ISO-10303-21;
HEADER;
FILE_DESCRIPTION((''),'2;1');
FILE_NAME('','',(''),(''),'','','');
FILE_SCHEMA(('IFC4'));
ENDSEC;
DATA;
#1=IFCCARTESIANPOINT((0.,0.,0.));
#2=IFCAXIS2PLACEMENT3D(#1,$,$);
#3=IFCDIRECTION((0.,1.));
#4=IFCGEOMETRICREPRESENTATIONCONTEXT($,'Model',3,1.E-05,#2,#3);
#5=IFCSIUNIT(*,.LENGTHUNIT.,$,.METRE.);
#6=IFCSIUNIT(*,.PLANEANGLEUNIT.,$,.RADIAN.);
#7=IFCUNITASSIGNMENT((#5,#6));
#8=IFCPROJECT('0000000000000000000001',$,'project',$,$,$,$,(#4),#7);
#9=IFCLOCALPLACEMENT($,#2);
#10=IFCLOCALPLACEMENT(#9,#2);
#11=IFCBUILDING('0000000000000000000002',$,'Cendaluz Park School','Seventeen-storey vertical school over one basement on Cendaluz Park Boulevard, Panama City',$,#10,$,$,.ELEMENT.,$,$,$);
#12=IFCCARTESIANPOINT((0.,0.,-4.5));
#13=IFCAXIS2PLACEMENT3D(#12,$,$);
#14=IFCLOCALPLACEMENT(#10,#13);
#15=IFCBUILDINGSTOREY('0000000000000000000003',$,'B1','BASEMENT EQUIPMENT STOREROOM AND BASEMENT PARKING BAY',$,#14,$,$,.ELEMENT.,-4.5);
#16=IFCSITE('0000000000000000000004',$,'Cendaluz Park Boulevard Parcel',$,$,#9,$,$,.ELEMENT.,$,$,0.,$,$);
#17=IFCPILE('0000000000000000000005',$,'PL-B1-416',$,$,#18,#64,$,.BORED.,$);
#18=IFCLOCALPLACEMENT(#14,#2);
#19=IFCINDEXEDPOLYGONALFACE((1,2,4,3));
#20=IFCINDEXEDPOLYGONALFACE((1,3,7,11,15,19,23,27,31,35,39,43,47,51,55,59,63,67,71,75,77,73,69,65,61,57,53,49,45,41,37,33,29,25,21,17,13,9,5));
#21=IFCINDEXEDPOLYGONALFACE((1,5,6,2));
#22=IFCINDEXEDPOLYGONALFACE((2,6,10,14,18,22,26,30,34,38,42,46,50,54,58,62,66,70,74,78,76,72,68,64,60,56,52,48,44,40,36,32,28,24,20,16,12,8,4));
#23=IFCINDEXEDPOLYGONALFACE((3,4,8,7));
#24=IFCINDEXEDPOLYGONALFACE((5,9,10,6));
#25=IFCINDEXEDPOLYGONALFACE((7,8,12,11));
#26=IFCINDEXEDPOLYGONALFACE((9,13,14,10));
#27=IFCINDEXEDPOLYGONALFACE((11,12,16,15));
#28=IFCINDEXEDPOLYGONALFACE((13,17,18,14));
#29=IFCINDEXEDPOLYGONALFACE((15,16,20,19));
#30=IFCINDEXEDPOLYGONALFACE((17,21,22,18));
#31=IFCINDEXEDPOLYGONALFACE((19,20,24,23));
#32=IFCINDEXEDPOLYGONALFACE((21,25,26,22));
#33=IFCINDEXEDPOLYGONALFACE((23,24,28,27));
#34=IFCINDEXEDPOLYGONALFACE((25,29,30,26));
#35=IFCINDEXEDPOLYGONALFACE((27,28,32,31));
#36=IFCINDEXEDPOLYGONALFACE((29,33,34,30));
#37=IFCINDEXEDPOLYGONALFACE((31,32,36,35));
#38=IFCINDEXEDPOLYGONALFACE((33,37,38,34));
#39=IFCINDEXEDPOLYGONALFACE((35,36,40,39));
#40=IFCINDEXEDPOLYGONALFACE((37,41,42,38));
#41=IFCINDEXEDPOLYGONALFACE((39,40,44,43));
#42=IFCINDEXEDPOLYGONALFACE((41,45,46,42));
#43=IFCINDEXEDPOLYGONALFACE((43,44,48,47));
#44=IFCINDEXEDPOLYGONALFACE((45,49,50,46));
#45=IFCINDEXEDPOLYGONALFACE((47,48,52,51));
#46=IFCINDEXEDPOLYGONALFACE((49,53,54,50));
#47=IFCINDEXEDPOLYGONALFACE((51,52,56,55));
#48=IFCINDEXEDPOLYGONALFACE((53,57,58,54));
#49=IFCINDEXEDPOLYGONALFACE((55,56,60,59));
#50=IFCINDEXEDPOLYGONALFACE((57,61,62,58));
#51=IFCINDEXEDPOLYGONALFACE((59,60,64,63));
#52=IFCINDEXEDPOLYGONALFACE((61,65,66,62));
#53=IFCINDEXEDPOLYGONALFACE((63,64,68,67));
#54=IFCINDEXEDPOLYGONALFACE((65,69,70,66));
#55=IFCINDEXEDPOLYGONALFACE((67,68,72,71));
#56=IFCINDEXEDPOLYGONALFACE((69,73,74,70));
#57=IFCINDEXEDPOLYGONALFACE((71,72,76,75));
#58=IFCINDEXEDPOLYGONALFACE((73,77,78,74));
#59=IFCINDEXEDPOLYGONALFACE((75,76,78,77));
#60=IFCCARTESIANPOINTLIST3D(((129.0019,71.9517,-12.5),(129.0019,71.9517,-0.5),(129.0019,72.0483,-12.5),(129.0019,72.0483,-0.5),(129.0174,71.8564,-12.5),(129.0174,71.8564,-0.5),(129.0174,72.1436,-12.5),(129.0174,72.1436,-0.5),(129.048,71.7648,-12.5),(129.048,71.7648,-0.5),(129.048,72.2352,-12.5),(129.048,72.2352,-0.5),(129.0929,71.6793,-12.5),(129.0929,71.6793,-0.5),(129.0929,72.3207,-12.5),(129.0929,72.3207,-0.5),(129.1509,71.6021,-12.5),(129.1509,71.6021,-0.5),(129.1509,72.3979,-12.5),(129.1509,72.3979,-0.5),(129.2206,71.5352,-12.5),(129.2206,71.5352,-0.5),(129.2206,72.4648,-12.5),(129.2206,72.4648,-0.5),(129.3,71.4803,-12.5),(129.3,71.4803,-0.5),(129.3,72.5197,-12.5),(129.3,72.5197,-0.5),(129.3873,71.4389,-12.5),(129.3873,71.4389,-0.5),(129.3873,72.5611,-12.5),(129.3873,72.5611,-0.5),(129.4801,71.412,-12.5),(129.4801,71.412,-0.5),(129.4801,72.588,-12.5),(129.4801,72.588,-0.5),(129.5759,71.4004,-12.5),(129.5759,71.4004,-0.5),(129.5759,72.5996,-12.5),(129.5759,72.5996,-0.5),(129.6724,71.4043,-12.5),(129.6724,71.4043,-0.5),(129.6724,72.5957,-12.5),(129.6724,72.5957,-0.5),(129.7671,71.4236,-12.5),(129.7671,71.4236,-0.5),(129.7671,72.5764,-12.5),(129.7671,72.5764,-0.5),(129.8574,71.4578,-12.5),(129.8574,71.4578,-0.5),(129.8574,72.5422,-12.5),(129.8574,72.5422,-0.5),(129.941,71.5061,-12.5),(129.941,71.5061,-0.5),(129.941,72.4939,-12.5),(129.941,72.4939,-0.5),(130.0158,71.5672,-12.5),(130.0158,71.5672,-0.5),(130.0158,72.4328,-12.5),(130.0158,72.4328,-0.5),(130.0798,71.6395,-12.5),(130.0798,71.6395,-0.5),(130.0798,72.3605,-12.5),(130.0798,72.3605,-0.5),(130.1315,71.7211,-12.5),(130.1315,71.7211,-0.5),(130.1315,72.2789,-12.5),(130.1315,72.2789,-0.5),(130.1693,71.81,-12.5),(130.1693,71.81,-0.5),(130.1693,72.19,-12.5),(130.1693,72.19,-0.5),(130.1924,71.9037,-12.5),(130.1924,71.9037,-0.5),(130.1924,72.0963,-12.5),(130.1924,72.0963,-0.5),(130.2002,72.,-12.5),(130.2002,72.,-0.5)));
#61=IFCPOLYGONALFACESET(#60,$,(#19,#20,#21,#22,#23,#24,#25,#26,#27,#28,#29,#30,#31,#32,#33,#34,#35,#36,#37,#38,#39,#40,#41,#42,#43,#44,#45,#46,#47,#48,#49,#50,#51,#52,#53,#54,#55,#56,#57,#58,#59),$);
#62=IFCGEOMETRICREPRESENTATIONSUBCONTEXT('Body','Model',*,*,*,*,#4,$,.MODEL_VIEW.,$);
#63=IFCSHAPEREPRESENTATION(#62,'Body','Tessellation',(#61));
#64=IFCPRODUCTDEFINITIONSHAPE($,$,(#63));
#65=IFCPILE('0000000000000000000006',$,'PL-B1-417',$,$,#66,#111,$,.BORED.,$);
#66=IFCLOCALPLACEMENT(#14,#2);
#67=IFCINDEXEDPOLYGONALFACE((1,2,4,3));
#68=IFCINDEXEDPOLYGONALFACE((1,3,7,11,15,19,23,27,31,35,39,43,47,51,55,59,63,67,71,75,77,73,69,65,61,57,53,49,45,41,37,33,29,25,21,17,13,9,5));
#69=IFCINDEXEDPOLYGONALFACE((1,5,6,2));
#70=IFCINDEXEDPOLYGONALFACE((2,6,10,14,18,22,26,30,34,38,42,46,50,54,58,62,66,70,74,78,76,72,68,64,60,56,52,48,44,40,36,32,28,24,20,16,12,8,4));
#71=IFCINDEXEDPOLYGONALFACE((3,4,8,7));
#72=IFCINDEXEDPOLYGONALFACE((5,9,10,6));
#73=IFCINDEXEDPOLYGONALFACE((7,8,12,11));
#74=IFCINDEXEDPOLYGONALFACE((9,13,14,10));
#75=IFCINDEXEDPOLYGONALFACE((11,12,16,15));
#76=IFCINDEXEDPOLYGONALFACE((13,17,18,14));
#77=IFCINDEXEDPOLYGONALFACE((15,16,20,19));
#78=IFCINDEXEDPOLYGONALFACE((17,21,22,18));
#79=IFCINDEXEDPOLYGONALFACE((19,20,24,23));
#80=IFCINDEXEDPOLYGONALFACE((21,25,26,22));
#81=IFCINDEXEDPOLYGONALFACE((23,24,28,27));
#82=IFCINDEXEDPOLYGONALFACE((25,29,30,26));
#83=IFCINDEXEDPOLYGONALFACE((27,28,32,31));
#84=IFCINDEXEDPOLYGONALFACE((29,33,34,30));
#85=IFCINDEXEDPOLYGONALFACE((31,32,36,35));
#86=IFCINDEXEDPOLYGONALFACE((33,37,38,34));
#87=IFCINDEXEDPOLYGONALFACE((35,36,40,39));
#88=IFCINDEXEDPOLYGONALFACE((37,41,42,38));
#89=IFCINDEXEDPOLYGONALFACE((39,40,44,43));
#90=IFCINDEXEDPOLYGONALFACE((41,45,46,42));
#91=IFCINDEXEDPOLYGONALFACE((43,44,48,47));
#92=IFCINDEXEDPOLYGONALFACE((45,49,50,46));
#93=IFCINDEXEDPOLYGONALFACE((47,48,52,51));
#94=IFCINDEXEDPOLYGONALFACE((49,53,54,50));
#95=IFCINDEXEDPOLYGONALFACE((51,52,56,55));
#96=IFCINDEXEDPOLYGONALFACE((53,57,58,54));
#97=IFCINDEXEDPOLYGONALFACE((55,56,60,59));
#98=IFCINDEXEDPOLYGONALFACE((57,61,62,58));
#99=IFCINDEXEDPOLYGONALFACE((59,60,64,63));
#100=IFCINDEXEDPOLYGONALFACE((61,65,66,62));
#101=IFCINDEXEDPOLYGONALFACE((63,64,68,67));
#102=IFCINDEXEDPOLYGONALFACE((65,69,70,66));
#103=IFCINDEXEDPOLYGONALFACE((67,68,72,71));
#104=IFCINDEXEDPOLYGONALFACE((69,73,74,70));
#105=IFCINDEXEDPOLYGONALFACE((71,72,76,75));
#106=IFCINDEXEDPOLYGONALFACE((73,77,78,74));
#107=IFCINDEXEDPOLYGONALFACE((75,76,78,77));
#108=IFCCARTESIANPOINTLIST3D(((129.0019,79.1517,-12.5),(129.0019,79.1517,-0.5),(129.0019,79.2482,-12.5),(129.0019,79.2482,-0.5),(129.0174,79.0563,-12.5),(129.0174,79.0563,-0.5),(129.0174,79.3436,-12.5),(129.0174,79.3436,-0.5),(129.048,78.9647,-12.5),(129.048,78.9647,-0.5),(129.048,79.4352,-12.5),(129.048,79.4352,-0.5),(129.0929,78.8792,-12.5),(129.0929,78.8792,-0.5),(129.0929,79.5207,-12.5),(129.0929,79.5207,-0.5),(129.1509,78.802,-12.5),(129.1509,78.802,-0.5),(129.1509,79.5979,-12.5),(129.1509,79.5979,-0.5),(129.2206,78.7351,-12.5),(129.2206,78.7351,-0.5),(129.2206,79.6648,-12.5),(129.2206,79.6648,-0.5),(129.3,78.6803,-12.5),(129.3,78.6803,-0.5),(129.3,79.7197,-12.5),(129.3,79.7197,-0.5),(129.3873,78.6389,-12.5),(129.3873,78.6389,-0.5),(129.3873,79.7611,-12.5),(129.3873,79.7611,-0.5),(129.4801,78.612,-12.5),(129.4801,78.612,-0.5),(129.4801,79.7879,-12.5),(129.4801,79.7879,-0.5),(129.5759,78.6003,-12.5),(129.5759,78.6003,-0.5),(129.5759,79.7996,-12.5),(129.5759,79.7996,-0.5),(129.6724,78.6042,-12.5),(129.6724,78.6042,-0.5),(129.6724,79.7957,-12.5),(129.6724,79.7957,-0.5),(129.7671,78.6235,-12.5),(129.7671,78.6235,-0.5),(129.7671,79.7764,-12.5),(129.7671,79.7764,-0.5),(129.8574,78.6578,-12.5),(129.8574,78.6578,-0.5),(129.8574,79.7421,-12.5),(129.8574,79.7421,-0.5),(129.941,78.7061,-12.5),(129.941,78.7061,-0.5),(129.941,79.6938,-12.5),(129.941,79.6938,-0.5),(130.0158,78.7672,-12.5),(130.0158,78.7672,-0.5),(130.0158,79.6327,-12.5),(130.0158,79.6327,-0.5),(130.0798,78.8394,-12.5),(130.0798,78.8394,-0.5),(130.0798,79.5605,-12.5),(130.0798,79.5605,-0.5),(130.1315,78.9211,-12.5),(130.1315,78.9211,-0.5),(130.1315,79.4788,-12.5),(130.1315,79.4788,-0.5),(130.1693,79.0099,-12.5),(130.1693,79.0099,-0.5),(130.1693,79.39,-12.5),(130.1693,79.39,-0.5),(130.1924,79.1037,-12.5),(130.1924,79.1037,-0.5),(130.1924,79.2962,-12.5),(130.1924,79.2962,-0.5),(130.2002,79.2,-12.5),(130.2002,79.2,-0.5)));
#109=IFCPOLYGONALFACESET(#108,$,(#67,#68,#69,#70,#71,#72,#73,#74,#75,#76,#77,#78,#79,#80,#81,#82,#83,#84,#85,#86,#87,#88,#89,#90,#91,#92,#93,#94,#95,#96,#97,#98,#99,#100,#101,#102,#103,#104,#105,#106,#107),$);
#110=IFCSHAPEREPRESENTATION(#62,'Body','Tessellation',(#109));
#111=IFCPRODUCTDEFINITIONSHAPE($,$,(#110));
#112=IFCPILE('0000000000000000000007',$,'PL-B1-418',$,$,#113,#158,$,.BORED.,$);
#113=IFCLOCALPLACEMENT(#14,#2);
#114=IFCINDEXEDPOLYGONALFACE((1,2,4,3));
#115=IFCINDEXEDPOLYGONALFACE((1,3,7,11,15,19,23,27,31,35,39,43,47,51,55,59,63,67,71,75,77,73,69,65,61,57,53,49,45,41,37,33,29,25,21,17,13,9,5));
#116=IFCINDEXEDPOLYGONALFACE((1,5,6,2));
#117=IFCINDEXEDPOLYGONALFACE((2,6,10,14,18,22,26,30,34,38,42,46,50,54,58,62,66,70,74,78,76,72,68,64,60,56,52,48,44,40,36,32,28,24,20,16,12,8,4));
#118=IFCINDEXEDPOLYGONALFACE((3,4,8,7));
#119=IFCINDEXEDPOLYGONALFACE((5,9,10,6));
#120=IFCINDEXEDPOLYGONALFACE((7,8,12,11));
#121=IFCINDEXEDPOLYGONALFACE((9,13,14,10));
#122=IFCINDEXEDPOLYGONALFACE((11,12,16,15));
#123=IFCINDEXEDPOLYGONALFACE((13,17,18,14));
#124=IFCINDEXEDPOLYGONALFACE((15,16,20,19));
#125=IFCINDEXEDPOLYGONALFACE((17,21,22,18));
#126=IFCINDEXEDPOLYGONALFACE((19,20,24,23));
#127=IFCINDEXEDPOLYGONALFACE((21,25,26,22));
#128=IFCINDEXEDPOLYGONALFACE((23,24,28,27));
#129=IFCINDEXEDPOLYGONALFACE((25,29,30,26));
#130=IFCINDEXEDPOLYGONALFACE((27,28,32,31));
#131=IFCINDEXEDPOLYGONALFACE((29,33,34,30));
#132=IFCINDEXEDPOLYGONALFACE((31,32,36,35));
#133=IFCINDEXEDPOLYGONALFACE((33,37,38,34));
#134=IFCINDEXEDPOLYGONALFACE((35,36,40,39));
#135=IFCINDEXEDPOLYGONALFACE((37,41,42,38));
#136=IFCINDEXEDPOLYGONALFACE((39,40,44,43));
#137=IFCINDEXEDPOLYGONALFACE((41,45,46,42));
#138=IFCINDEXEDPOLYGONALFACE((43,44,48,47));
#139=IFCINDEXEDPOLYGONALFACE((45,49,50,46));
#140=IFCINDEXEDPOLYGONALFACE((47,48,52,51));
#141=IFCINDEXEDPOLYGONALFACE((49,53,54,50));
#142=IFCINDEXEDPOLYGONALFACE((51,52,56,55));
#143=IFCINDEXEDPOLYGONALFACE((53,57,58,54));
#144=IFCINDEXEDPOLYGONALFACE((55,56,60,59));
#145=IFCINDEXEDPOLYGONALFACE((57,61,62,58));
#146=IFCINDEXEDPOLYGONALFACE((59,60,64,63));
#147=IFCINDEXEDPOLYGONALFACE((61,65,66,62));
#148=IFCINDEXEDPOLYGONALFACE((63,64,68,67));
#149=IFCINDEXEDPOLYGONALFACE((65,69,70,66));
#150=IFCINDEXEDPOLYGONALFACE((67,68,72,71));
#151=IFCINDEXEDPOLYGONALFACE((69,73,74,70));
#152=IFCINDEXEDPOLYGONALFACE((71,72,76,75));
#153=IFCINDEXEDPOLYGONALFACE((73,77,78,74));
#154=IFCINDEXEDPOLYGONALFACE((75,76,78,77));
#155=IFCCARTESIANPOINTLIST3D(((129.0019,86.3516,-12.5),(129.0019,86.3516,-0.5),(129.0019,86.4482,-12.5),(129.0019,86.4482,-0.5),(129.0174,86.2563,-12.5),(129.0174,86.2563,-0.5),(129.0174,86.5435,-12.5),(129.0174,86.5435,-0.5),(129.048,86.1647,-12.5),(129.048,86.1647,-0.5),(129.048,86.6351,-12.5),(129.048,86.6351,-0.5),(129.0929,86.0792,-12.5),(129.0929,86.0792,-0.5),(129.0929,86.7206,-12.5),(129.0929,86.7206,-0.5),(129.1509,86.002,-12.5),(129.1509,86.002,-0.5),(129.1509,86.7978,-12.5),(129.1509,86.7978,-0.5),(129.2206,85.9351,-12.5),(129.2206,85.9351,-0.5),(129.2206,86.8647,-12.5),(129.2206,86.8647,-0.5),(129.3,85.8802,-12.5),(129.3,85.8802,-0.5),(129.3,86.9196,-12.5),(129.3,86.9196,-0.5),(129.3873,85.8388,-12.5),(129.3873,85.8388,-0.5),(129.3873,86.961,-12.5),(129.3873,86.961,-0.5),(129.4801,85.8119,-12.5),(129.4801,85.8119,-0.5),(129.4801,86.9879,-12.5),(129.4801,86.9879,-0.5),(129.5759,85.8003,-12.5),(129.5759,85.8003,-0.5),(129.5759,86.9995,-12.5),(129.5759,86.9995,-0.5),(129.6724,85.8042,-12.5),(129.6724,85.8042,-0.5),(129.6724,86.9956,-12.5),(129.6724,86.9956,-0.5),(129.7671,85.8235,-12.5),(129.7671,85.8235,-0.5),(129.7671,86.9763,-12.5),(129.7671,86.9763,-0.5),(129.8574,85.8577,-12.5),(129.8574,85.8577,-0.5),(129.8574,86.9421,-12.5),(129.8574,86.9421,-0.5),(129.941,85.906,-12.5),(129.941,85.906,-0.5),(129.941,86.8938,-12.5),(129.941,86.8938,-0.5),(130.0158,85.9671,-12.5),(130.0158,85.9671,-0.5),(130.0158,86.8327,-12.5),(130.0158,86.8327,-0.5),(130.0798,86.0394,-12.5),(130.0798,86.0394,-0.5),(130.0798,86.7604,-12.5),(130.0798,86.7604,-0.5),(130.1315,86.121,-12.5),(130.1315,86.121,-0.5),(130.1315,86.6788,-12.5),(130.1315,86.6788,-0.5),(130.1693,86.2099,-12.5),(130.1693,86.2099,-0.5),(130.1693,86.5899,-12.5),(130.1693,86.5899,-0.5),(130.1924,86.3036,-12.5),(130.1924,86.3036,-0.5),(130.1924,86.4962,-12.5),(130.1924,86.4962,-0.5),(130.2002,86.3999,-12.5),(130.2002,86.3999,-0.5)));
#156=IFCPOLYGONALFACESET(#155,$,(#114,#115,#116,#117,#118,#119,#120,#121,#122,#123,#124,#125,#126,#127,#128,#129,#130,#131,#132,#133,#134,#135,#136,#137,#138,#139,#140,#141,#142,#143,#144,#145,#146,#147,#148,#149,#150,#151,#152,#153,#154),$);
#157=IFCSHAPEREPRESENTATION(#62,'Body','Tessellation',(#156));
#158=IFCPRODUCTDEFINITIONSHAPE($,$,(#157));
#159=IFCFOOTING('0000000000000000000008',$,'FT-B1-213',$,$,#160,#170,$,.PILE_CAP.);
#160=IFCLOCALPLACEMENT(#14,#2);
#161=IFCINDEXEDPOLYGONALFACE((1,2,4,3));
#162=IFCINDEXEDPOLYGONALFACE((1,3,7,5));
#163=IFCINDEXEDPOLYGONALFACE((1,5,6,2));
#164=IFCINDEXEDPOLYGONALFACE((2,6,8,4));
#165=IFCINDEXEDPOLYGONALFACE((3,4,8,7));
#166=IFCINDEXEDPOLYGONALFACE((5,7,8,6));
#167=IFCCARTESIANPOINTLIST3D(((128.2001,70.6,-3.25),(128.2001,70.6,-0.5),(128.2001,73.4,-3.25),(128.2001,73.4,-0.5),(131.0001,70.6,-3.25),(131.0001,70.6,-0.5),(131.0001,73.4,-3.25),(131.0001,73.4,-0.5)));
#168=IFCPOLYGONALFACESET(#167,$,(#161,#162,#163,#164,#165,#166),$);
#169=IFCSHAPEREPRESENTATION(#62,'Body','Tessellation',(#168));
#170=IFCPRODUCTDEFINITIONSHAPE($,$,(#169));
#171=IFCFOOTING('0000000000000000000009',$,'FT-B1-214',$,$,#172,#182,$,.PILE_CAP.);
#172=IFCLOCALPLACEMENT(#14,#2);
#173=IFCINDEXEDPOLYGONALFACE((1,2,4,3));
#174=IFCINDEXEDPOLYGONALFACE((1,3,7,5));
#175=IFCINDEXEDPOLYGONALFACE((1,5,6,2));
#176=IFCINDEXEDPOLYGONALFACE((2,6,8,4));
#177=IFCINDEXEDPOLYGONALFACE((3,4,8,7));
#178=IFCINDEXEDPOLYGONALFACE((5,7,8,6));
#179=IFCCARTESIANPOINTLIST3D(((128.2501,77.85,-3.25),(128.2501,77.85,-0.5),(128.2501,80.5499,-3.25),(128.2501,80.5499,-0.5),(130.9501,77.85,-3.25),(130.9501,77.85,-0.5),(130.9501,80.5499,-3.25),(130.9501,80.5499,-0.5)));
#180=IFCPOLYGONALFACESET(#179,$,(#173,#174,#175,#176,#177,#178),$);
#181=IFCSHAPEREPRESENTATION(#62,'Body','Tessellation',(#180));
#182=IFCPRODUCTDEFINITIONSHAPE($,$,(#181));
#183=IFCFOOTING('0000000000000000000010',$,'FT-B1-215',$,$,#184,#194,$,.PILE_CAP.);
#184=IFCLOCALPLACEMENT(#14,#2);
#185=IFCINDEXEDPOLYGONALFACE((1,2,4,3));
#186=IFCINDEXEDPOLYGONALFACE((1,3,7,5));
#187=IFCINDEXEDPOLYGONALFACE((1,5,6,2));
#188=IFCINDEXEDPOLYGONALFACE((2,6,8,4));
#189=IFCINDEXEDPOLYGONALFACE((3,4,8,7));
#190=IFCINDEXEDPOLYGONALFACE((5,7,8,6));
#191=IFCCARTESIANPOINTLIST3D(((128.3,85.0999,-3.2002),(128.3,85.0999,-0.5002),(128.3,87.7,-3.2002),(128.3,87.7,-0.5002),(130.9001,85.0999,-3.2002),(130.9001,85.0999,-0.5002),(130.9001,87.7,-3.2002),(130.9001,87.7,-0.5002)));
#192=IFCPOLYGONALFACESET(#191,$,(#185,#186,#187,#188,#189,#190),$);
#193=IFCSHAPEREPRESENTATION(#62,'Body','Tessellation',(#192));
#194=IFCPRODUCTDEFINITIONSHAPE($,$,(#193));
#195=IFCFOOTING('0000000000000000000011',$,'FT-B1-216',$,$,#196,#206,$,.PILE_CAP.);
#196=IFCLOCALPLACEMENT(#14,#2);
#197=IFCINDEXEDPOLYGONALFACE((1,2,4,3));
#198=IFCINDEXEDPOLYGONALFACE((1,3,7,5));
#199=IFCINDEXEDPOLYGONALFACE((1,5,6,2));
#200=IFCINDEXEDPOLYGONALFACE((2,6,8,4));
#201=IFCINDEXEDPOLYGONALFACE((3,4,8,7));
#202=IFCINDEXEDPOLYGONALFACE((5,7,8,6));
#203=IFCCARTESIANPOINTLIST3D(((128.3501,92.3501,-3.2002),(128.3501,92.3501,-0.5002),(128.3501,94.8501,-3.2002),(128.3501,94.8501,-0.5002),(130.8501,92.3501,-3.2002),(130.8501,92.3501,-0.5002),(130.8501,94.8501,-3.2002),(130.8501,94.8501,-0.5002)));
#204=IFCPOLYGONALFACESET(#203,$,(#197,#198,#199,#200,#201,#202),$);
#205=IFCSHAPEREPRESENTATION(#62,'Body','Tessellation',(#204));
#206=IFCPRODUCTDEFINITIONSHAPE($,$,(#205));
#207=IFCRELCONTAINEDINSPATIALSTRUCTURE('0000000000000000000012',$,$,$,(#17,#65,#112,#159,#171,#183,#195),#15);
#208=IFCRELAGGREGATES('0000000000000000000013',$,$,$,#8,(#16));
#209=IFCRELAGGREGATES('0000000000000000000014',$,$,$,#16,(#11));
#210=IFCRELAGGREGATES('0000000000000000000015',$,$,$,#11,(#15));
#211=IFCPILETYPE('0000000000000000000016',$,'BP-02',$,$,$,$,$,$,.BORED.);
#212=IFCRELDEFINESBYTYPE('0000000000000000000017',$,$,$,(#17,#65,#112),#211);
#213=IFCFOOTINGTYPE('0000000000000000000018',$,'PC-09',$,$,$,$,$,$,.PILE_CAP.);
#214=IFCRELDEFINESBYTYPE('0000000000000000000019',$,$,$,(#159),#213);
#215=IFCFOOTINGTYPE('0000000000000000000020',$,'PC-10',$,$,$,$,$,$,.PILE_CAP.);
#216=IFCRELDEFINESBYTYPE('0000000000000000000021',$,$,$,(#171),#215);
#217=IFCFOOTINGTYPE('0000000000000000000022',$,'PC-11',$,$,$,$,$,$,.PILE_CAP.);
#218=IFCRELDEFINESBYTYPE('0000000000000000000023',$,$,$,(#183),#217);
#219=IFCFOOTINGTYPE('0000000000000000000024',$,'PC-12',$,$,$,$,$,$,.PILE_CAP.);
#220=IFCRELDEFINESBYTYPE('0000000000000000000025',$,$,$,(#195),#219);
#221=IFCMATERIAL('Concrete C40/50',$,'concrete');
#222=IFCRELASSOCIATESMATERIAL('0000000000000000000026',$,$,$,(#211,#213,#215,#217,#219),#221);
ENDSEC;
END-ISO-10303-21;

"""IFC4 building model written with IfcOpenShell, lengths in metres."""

from ifc_helpers import new_model, si_unit, direction, frame, origin, origin_2d, place, context, subcontext, project, spatial, rectangle, circle, extrude, material, material_profile, profile_set, type_object, element, save


model = new_model("IFC4")

# Units and contexts
model_context = context("Model", 3, precision=1e-05, world=origin(), true_north=direction((0.0, 1.0)))
body_context = subcontext(model_context, "Body", "Model", "MODEL_VIEW")
ifc_project = project(units=[si_unit("LENGTHUNIT", "METRE"), si_unit("PLANEANGLEUNIT", "RADIAN")], contexts=[model_context])

# Site, building, storey
site_placement = place(None, origin())
site = spatial("IfcSite", under=ifc_project, at=site_placement, Name="Cendaluz Park Boulevard Parcel", CompositionType="ELEMENT", RefElevation=0.0)
building_placement = place(site_placement, origin())
building = spatial("IfcBuilding", under=site, at=building_placement, Name="Cendaluz Park School", Description="Seventeen-storey vertical school over one basement on Cendaluz Park Boulevard, Panama City", CompositionType="ELEMENT")
storey_placement = place(building_placement, frame((0.0, 0.0, -4.5)))
storey = spatial("IfcBuildingStorey", under=building, at=storey_placement, Name="B1", Description="BASEMENT EQUIPMENT STOREROOM AND BASEMENT PARKING BAY", CompositionType="ELEMENT", Elevation=-4.5)

# Piles
ifc_material = material(Name="Concrete C40/50", Category="concrete")
ifc_material_profile_1 = material_profile(ifc_material, circle(Radius=0.6001, at=origin_2d()), Name="BP D1200", Category="concrete")
ifc_profile_set_1 = profile_set([ifc_material_profile_1], Name="Concrete C40/50")
pile_type_1 = type_object("IfcPileType", Name="BP-02", PredefinedType="BORED", material=ifc_profile_set_1)
for number, where, z_axis, x_axis, name in (
    (1, (129.6001, 72.0, -0.5), (0.0, 0.0, -1.0), (1.0, 0.0, 0.0), "PL-B1-416"),
    (2, (129.6001, 79.2, -0.5), (0.0, 0.0, -1.0), (1.0, 0.0, 0.0), "PL-B1-417"),
    (3, (129.6001, 86.3999, -0.5), (0.0, 0.0, -1.0), (1.0, 0.0, 0.0), "PL-B1-418"),
):
    element("IfcPile", number, at=place(storey_placement, frame(where, z_axis=z_axis, x_axis=x_axis)), inside=storey, type_object=pile_type_1, Name=name, PredefinedType="BORED", context=body_context, shape_type="SweptSolid", body=[
        extrude(circle(Radius=0.6001, at=origin_2d()), origin(), (0.0, 0.0, 1.0), 12.0),
    ])

# Footings
footing_type_1 = type_object("IfcFootingType", Name="PC-09", PredefinedType="PILE_CAP", material=ifc_material)
footing_1_placement = place(storey_placement, frame((129.6001, 72.0, -3.25), z_axis=(0.0, 0.0, 1.0), x_axis=(1.0, 0.0, 0.0)))
element("IfcFooting", 4, at=footing_1_placement, inside=storey, type_object=footing_type_1, Name="FT-B1-213", PredefinedType="PILE_CAP", context=body_context, shape_type="SweptSolid", body=[
    extrude(rectangle(XDim=2.8, YDim=2.8, at=origin_2d()), origin(), (0.0, 0.0, 1.0), 2.75),
])
footing_type_2 = type_object("IfcFootingType", Name="PC-10", PredefinedType="PILE_CAP", material=ifc_material)
footing_2_placement = place(storey_placement, frame((129.6001, 79.2, -3.25), z_axis=(0.0, 0.0, 1.0), x_axis=(1.0, 0.0, 0.0)))
element("IfcFooting", 5, at=footing_2_placement, inside=storey, type_object=footing_type_2, Name="FT-B1-214", PredefinedType="PILE_CAP", context=body_context, shape_type="SweptSolid", body=[
    extrude(rectangle(XDim=2.7, YDim=2.7, at=origin_2d()), origin(), (0.0, 0.0, 1.0), 2.75),
])
footing_type_3 = type_object("IfcFootingType", Name="PC-11", PredefinedType="PILE_CAP", material=ifc_material)
footing_3_placement = place(storey_placement, frame((129.6001, 86.3999, -3.2002), z_axis=(0.0, 0.0, 1.0), x_axis=(1.0, 0.0, 0.0)))
element("IfcFooting", 6, at=footing_3_placement, inside=storey, type_object=footing_type_3, Name="FT-B1-215", PredefinedType="PILE_CAP", context=body_context, shape_type="SweptSolid", body=[
    extrude(rectangle(XDim=2.6001, YDim=2.6001, at=origin_2d()), origin(), (0.0, 0.0, 1.0), 2.7),
])
footing_type_4 = type_object("IfcFootingType", Name="PC-12", PredefinedType="PILE_CAP", material=ifc_material)
footing_4_placement = place(storey_placement, frame((129.6001, 93.6001, -3.2002), z_axis=(0.0, 0.0, 1.0), x_axis=(1.0, 0.0, 0.0)))
element("IfcFooting", 7, at=footing_4_placement, inside=storey, type_object=footing_type_4, Name="FT-B1-216", PredefinedType="PILE_CAP", context=body_context, shape_type="SweptSolid", body=[
    extrude(rectangle(XDim=2.5, YDim=2.5, at=origin_2d()), origin(), (0.0, 0.0, 1.0), 2.7),
])

save(model, "model.ifc")
